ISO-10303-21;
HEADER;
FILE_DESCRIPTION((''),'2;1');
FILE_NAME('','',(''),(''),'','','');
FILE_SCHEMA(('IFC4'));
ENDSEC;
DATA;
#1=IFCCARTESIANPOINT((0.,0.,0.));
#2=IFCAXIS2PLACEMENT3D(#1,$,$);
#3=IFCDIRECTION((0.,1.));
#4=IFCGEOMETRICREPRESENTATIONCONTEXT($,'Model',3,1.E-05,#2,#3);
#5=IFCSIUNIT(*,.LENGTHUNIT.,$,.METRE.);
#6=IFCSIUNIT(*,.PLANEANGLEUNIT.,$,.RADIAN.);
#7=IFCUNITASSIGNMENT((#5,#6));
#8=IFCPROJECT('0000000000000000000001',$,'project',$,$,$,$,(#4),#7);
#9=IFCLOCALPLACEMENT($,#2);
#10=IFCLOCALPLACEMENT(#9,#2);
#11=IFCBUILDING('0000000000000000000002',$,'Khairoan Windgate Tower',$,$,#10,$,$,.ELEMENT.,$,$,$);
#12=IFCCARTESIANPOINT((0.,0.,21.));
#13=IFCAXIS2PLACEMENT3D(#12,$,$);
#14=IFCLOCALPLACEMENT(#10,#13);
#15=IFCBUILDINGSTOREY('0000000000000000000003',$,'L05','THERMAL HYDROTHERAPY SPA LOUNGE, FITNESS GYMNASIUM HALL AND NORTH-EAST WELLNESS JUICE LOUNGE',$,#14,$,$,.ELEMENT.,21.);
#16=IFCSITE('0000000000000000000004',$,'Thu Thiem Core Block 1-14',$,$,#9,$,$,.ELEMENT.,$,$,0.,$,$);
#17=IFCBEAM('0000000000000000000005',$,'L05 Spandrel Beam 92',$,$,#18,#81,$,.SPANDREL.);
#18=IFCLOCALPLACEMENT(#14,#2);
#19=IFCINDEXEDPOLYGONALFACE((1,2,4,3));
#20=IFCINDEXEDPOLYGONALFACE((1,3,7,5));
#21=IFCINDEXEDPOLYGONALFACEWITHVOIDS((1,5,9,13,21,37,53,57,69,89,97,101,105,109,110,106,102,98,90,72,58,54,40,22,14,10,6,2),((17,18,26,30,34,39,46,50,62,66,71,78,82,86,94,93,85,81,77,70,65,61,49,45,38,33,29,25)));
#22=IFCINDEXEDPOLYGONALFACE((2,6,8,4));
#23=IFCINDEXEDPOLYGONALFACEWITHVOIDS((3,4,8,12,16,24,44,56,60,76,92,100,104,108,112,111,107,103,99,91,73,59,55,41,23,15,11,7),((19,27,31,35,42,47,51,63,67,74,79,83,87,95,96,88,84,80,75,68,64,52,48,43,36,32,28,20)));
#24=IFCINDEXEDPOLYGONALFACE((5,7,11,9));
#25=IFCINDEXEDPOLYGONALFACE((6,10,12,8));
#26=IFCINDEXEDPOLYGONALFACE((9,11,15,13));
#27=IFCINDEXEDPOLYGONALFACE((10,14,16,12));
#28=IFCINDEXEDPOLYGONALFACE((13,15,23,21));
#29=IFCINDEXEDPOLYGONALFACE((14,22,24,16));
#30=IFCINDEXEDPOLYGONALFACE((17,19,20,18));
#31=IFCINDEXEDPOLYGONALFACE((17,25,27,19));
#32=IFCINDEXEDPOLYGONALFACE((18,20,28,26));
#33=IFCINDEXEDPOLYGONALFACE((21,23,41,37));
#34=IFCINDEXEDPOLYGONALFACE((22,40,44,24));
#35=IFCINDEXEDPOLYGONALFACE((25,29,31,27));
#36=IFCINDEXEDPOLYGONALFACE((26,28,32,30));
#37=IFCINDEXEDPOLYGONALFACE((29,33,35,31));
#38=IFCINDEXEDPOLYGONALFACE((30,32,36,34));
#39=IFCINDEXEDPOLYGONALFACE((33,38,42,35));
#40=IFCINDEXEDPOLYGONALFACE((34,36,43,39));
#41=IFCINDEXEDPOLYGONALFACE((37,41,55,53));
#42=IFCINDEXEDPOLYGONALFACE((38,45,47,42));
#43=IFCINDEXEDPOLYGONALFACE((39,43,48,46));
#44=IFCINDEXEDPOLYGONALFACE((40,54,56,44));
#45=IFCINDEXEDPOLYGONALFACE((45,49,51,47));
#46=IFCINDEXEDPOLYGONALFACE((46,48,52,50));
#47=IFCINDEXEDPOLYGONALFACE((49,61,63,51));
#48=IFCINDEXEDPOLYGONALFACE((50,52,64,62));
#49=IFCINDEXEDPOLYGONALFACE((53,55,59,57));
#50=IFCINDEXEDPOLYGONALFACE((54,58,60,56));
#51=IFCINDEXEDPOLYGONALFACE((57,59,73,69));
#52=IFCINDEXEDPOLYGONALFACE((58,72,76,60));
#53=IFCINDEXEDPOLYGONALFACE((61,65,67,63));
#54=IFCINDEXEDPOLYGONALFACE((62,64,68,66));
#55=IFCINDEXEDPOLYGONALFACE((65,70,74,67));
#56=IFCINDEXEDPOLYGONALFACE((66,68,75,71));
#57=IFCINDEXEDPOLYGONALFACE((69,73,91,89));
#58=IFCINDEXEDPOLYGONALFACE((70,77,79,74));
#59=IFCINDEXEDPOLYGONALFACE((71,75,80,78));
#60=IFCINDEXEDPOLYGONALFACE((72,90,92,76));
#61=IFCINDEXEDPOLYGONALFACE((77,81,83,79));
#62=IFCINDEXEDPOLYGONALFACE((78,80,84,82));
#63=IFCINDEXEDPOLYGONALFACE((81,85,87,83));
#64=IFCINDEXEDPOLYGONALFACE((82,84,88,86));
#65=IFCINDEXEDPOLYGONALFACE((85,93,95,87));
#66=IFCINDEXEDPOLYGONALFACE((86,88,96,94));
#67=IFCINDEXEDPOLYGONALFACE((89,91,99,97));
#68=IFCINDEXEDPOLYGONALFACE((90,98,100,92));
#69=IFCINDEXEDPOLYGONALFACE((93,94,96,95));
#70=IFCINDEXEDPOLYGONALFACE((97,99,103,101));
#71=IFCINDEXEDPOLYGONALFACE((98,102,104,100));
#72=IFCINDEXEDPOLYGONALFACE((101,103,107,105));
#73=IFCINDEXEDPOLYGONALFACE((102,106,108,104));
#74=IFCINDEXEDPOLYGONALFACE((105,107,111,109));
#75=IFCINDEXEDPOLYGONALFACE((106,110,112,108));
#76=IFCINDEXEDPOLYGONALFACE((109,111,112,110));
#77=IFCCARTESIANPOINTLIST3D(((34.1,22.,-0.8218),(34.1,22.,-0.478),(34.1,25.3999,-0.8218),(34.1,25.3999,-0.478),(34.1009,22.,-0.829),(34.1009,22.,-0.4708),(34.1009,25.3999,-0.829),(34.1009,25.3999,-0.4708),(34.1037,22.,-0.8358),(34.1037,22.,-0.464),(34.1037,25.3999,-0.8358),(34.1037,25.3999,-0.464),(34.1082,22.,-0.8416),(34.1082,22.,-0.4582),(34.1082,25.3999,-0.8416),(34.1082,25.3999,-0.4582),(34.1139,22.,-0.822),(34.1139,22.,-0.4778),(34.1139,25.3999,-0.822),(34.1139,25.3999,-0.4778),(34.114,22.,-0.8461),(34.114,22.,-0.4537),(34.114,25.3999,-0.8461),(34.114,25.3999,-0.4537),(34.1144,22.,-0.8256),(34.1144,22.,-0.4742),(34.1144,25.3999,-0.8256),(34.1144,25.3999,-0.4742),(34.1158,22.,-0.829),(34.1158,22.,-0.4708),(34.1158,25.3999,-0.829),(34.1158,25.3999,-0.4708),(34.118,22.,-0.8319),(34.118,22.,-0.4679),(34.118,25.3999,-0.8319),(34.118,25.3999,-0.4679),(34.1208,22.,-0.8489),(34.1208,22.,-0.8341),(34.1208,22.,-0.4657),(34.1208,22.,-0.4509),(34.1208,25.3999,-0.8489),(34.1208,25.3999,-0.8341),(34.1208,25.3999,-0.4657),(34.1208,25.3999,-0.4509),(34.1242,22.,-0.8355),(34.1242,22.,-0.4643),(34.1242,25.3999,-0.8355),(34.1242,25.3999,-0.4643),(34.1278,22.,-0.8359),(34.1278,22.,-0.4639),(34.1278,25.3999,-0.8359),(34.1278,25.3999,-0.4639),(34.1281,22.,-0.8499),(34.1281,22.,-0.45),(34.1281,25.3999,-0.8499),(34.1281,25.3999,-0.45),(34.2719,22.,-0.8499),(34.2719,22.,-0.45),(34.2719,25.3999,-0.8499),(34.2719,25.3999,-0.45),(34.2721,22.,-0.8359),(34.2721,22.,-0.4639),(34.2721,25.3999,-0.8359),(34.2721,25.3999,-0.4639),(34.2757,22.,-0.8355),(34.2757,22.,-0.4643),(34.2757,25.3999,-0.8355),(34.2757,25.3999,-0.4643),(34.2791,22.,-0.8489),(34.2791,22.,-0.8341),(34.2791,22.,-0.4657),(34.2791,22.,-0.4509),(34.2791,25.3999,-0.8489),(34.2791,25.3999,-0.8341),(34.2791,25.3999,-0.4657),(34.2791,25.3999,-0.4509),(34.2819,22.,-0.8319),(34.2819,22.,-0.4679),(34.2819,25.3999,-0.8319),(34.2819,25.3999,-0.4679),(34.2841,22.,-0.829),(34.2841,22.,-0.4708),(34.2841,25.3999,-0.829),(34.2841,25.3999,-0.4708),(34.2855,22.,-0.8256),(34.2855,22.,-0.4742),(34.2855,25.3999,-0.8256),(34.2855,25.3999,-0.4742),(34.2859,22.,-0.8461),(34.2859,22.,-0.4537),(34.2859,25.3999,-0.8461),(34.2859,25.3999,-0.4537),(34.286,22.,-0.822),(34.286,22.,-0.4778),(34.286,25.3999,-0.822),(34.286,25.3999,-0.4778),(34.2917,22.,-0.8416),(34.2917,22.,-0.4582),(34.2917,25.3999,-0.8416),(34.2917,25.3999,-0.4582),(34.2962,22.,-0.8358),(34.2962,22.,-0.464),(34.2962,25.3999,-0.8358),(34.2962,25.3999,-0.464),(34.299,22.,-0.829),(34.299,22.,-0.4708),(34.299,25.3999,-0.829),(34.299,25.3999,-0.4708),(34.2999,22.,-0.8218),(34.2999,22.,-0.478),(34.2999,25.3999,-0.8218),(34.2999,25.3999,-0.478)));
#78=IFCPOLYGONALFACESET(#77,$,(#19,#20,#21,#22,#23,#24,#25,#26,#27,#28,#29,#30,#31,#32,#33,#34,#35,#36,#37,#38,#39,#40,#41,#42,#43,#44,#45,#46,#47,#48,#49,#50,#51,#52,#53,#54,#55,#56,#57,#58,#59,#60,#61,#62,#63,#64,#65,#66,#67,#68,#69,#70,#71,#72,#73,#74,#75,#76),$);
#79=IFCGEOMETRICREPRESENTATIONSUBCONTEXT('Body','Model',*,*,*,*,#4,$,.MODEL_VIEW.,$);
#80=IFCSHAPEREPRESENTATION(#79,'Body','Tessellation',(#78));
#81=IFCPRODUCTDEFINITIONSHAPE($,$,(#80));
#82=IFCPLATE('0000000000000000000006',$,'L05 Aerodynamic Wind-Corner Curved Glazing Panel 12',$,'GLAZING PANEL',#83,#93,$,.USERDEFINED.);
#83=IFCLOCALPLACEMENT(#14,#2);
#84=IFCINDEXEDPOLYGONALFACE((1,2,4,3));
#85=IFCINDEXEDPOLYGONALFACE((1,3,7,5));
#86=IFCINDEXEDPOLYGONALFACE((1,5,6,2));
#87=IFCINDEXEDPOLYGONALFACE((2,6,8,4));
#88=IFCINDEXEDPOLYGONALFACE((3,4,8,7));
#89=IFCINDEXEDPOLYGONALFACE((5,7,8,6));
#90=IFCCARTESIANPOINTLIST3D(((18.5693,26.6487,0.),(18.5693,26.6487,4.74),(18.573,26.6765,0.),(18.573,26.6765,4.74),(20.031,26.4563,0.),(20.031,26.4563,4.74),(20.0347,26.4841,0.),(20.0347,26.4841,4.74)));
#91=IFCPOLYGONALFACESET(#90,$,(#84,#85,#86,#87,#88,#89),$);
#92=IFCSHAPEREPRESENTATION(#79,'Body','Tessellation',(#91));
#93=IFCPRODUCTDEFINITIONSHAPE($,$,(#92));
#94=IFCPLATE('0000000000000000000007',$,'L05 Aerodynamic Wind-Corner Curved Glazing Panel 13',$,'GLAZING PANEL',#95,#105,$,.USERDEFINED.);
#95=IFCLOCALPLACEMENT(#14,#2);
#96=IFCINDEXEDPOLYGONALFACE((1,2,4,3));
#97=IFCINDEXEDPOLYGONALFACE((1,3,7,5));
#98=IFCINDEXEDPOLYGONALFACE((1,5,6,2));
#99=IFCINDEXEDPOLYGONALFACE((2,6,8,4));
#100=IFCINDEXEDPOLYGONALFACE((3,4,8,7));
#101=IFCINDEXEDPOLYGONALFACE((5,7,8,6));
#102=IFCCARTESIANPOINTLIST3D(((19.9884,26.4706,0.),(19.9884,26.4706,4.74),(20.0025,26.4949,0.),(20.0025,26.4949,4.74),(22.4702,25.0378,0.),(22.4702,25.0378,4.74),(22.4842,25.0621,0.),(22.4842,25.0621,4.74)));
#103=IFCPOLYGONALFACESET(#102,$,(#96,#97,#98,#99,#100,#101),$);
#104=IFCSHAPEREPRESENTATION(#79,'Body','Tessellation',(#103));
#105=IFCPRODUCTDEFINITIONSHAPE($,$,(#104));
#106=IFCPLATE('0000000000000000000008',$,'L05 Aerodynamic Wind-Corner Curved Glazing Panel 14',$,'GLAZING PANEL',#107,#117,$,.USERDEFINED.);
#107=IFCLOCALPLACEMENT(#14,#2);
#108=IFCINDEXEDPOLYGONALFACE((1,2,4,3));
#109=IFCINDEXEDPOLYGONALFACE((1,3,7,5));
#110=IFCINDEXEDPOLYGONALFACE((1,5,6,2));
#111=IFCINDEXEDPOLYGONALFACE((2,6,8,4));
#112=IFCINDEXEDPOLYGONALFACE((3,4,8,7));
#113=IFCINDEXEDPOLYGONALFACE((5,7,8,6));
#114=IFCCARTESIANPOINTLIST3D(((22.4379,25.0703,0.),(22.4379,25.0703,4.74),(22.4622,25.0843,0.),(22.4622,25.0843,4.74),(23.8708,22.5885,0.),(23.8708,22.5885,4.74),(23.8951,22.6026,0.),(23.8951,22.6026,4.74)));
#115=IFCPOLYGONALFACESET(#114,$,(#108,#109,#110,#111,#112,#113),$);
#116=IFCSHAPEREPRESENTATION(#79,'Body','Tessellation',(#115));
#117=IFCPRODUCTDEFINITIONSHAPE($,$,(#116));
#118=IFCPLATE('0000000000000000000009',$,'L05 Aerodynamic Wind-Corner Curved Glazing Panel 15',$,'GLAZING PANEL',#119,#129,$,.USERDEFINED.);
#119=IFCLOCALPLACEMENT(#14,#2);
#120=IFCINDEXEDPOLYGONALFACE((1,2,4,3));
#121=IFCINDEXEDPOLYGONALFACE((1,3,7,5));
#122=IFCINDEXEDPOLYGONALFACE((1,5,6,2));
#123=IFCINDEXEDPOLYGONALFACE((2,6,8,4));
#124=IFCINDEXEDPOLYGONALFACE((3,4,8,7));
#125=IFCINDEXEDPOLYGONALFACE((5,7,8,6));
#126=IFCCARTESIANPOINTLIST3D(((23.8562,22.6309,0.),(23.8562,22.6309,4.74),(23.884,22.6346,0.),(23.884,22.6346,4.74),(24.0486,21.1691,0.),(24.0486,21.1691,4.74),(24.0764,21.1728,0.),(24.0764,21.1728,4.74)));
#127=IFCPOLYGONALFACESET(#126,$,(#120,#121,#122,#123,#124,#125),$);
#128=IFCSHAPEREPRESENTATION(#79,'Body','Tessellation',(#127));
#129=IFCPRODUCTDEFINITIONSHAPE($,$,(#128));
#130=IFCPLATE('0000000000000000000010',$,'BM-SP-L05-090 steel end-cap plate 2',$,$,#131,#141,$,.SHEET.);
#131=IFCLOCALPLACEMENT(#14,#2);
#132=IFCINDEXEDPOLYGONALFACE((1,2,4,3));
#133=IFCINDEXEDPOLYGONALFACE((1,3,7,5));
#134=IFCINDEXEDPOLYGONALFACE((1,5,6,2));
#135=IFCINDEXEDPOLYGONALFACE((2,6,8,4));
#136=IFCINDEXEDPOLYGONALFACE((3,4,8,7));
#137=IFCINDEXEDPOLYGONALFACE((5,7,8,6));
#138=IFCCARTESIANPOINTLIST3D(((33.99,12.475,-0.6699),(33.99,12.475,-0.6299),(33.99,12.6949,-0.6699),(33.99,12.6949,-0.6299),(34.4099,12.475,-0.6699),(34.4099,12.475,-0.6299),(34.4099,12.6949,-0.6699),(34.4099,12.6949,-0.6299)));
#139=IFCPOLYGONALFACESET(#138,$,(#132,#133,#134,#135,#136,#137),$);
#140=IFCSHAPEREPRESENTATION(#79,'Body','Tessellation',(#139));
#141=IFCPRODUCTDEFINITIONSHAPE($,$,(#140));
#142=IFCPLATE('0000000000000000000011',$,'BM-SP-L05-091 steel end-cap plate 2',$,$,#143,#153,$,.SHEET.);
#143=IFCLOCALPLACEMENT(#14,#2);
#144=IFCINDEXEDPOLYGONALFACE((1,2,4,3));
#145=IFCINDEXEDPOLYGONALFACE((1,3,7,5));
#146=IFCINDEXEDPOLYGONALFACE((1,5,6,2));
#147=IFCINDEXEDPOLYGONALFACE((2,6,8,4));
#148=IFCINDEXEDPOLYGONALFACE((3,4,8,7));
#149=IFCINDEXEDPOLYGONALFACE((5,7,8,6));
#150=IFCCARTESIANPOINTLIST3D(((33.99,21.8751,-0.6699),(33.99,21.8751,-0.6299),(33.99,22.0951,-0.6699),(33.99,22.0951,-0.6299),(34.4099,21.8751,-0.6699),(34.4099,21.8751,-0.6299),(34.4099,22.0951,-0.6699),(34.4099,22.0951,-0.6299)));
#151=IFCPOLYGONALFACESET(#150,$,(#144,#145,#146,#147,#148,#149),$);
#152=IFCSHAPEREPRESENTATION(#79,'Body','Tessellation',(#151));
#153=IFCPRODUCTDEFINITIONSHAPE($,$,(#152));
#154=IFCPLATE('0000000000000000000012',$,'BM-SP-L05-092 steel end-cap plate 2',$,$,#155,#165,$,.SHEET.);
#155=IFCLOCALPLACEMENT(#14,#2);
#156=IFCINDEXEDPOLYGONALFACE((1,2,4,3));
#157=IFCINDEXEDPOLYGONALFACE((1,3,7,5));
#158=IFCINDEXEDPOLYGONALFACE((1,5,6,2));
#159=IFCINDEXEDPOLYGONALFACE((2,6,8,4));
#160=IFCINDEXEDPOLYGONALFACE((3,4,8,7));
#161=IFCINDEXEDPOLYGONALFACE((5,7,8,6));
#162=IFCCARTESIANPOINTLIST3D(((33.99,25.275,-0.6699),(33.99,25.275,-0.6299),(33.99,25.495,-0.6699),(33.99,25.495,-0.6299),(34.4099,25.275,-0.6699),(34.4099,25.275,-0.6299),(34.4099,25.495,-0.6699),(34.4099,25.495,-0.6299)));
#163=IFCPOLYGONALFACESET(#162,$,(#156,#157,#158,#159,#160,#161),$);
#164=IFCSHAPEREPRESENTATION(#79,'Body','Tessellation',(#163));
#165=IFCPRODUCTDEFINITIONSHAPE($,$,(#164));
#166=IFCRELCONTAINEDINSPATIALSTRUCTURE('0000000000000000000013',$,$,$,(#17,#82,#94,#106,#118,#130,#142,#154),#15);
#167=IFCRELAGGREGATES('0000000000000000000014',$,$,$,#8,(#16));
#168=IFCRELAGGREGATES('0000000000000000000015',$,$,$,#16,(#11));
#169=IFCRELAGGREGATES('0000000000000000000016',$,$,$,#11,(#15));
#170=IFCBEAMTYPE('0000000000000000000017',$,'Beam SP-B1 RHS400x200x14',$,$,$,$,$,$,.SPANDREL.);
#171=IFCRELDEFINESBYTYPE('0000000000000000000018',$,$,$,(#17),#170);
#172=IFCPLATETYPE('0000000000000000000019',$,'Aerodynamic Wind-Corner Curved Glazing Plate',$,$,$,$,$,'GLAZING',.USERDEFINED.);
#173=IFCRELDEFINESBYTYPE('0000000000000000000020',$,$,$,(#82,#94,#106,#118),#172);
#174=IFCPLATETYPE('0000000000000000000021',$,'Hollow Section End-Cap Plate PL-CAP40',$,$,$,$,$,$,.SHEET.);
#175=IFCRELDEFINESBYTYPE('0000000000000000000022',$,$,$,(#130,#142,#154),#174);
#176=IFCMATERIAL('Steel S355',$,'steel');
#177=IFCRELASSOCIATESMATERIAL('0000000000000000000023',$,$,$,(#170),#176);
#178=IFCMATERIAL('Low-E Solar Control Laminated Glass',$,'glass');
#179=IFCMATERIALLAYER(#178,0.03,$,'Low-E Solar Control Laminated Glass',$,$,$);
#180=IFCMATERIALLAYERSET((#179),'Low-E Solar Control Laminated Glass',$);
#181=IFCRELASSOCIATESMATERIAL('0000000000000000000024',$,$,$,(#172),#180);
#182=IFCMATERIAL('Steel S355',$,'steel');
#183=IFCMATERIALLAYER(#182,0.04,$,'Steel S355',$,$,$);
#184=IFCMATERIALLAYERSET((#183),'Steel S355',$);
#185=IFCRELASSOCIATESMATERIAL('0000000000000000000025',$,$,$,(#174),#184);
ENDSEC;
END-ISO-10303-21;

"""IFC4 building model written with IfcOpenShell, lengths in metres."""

from ifc_helpers import new_model, si_unit, direction, frame, origin, origin_2d, place, context, subcontext, project, spatial, rectangle, hollow_rectangle, extrude, material, layer, layer_set, material_profile, profile_set, type_object, element, save


model = new_model("IFC4")

# Units and contexts
model_context = context("Model", 3, precision=1e-05, world=origin(), true_north=direction((0.0, 1.0)))
body_context = subcontext(model_context, "Body", "Model", "MODEL_VIEW")
ifc_project = project(units=[si_unit("LENGTHUNIT", "METRE"), si_unit("PLANEANGLEUNIT", "RADIAN")], contexts=[model_context])

# Site, building, storey
site_placement = place(None, origin())
site = spatial("IfcSite", under=ifc_project, at=site_placement, Name="Thu Thiem Core Block 1-14", CompositionType="ELEMENT", RefElevation=0.0)
building_placement = place(site_placement, origin())
building = spatial("IfcBuilding", under=site, at=building_placement, Name="Khairoan Windgate Tower", CompositionType="ELEMENT")
storey_placement = place(building_placement, frame((0.0, 0.0, 21.0)))
storey = spatial("IfcBuildingStorey", under=building, at=storey_placement, Name="L05", Description="THERMAL HYDROTHERAPY SPA LOUNGE, FITNESS GYMNASIUM HALL AND NORTH-EAST WELLNESS JUICE LOUNGE", CompositionType="ELEMENT", Elevation=21.0)

# Beam
ifc_material_1 = material(Name="Steel S355", Category="steel")
ifc_material_profile_1 = material_profile(ifc_material_1, hollow_rectangle(XDim=0.2, YDim=0.3999, WallThickness=0.0139, InnerFilletRadius=0.0139, OuterFilletRadius=0.0281, at=origin_2d()))
ifc_profile_set_1 = profile_set([ifc_material_profile_1], Name="Steel S355")
beam_type_1 = type_object("IfcBeamType", Name="Beam SP-B1 RHS400x200x14", PredefinedType="SPANDREL", material=ifc_profile_set_1)
beam_1_placement = place(storey_placement, frame((34.2, 22.0, -0.6499), z_axis=(0.0, 1.0, 0.0), x_axis=(-1.0, 0.0, 0.0)))
element("IfcBeam", 1, at=beam_1_placement, inside=storey, type_object=beam_type_1, Name="L05 Spandrel Beam 92", PredefinedType="SPANDREL", context=body_context, shape_type="SweptSolid", body=[
    extrude(hollow_rectangle(XDim=0.2, YDim=0.3999, WallThickness=0.0139, InnerFilletRadius=0.0139, OuterFilletRadius=0.0281, at=origin_2d()), origin(), (0.0, 0.0, 1.0), 3.3999),
])

# Plates
ifc_material_2 = material(Name="Low-E Solar Control Laminated Glass", Category="glass")
ifc_layer_1 = layer(ifc_material_2, 0.03, Name="Low-E Solar Control Laminated Glass")
ifc_layer_set_1 = layer_set([ifc_layer_1], Name="Low-E Solar Control Laminated Glass")
plate_type_1 = type_object("IfcPlateType", Name="Aerodynamic Wind-Corner Curved Glazing Plate", ElementType="GLAZING", PredefinedType="USERDEFINED", material=ifc_layer_set_1)
plate_1_placement = place(storey_placement, frame((19.302, 26.5664, 0.0), z_axis=(0.0, 0.0, 1.0), x_axis=(0.991445, -0.130526, 0.0)))
element("IfcPlate", 2, at=plate_1_placement, inside=storey, type_object=plate_type_1, Name="L05 Aerodynamic Wind-Corner Curved Glazing Panel 12", ObjectType="GLAZING PANEL", PredefinedType="USERDEFINED", context=body_context, shape_type="SweptSolid", body=[
    extrude(rectangle(XDim=1.4744, YDim=0.0281, at=origin_2d()), origin(), (0.0, 0.0, 1.0), 4.74),
])
for number, where, z_axis, x_axis, name in (
    (3, (21.2363, 25.7664, 0.0), (0.0, 0.0, 1.0), (0.866025, -0.5, 0.0), "L05 Aerodynamic Wind-Corner Curved Glazing Panel 13"),
    (4, (23.1665, 23.8364, 0.0), (0.0, 0.0, 1.0), (0.5, -0.866025, 0.0), "L05 Aerodynamic Wind-Corner Curved Glazing Panel 14"),
):
    element("IfcPlate", number, at=place(storey_placement, frame(where, z_axis=z_axis, x_axis=x_axis)), inside=storey, type_object=plate_type_1, Name=name, ObjectType="GLAZING PANEL", PredefinedType="USERDEFINED", context=body_context, shape_type="SweptSolid", body=[
        extrude(rectangle(XDim=2.8657, YDim=0.0281, at=origin_2d()), origin(), (0.0, 0.0, 1.0), 4.74),
    ])
plate_2_placement = place(storey_placement, frame((23.9663, 21.9019, 0.0), z_axis=(0.0, 0.0, 1.0), x_axis=(0.130526, -0.991445, 0.0)))
element("IfcPlate", 5, at=plate_2_placement, inside=storey, type_object=plate_type_1, Name="L05 Aerodynamic Wind-Corner Curved Glazing Panel 15", ObjectType="GLAZING PANEL", PredefinedType="USERDEFINED", context=body_context, shape_type="SweptSolid", body=[
    extrude(rectangle(XDim=1.4744, YDim=0.0281, at=origin_2d()), origin(), (0.0, 0.0, 1.0), 4.74),
])
ifc_material_3 = material(Name="Steel S355", Category="steel")
ifc_layer_2 = layer(ifc_material_3, 0.04, Name="Steel S355")
ifc_layer_set_2 = layer_set([ifc_layer_2], Name="Steel S355")
plate_type_2 = type_object("IfcPlateType", Name="Hollow Section End-Cap Plate PL-CAP40", PredefinedType="SHEET", material=ifc_layer_set_2)
for number, where, z_axis, x_axis, name in (
    (6, (34.2, 12.585, -0.6699), (0.0, 0.0, 1.0), (0.0, 1.0, 0.0), "BM-SP-L05-090 steel end-cap plate 2"),
    (7, (34.2, 21.9851, -0.6699), (0.0, 0.0, 1.0), (0.0, 1.0, 0.0), "BM-SP-L05-091 steel end-cap plate 2"),
    (8, (34.2, 25.385, -0.6699), (0.0, 0.0, 1.0), (0.0, 1.0, 0.0), "BM-SP-L05-092 steel end-cap plate 2"),
):
    element("IfcPlate", number, at=place(storey_placement, frame(where, z_axis=z_axis, x_axis=x_axis)), inside=storey, type_object=plate_type_2, Name=name, PredefinedType="SHEET", context=body_context, shape_type="SweptSolid", body=[
        extrude(rectangle(XDim=0.22, YDim=0.4199, at=origin_2d()), origin(), (0.0, 0.0, 1.0), 0.04),
    ])

save(model, "model.ifc")
